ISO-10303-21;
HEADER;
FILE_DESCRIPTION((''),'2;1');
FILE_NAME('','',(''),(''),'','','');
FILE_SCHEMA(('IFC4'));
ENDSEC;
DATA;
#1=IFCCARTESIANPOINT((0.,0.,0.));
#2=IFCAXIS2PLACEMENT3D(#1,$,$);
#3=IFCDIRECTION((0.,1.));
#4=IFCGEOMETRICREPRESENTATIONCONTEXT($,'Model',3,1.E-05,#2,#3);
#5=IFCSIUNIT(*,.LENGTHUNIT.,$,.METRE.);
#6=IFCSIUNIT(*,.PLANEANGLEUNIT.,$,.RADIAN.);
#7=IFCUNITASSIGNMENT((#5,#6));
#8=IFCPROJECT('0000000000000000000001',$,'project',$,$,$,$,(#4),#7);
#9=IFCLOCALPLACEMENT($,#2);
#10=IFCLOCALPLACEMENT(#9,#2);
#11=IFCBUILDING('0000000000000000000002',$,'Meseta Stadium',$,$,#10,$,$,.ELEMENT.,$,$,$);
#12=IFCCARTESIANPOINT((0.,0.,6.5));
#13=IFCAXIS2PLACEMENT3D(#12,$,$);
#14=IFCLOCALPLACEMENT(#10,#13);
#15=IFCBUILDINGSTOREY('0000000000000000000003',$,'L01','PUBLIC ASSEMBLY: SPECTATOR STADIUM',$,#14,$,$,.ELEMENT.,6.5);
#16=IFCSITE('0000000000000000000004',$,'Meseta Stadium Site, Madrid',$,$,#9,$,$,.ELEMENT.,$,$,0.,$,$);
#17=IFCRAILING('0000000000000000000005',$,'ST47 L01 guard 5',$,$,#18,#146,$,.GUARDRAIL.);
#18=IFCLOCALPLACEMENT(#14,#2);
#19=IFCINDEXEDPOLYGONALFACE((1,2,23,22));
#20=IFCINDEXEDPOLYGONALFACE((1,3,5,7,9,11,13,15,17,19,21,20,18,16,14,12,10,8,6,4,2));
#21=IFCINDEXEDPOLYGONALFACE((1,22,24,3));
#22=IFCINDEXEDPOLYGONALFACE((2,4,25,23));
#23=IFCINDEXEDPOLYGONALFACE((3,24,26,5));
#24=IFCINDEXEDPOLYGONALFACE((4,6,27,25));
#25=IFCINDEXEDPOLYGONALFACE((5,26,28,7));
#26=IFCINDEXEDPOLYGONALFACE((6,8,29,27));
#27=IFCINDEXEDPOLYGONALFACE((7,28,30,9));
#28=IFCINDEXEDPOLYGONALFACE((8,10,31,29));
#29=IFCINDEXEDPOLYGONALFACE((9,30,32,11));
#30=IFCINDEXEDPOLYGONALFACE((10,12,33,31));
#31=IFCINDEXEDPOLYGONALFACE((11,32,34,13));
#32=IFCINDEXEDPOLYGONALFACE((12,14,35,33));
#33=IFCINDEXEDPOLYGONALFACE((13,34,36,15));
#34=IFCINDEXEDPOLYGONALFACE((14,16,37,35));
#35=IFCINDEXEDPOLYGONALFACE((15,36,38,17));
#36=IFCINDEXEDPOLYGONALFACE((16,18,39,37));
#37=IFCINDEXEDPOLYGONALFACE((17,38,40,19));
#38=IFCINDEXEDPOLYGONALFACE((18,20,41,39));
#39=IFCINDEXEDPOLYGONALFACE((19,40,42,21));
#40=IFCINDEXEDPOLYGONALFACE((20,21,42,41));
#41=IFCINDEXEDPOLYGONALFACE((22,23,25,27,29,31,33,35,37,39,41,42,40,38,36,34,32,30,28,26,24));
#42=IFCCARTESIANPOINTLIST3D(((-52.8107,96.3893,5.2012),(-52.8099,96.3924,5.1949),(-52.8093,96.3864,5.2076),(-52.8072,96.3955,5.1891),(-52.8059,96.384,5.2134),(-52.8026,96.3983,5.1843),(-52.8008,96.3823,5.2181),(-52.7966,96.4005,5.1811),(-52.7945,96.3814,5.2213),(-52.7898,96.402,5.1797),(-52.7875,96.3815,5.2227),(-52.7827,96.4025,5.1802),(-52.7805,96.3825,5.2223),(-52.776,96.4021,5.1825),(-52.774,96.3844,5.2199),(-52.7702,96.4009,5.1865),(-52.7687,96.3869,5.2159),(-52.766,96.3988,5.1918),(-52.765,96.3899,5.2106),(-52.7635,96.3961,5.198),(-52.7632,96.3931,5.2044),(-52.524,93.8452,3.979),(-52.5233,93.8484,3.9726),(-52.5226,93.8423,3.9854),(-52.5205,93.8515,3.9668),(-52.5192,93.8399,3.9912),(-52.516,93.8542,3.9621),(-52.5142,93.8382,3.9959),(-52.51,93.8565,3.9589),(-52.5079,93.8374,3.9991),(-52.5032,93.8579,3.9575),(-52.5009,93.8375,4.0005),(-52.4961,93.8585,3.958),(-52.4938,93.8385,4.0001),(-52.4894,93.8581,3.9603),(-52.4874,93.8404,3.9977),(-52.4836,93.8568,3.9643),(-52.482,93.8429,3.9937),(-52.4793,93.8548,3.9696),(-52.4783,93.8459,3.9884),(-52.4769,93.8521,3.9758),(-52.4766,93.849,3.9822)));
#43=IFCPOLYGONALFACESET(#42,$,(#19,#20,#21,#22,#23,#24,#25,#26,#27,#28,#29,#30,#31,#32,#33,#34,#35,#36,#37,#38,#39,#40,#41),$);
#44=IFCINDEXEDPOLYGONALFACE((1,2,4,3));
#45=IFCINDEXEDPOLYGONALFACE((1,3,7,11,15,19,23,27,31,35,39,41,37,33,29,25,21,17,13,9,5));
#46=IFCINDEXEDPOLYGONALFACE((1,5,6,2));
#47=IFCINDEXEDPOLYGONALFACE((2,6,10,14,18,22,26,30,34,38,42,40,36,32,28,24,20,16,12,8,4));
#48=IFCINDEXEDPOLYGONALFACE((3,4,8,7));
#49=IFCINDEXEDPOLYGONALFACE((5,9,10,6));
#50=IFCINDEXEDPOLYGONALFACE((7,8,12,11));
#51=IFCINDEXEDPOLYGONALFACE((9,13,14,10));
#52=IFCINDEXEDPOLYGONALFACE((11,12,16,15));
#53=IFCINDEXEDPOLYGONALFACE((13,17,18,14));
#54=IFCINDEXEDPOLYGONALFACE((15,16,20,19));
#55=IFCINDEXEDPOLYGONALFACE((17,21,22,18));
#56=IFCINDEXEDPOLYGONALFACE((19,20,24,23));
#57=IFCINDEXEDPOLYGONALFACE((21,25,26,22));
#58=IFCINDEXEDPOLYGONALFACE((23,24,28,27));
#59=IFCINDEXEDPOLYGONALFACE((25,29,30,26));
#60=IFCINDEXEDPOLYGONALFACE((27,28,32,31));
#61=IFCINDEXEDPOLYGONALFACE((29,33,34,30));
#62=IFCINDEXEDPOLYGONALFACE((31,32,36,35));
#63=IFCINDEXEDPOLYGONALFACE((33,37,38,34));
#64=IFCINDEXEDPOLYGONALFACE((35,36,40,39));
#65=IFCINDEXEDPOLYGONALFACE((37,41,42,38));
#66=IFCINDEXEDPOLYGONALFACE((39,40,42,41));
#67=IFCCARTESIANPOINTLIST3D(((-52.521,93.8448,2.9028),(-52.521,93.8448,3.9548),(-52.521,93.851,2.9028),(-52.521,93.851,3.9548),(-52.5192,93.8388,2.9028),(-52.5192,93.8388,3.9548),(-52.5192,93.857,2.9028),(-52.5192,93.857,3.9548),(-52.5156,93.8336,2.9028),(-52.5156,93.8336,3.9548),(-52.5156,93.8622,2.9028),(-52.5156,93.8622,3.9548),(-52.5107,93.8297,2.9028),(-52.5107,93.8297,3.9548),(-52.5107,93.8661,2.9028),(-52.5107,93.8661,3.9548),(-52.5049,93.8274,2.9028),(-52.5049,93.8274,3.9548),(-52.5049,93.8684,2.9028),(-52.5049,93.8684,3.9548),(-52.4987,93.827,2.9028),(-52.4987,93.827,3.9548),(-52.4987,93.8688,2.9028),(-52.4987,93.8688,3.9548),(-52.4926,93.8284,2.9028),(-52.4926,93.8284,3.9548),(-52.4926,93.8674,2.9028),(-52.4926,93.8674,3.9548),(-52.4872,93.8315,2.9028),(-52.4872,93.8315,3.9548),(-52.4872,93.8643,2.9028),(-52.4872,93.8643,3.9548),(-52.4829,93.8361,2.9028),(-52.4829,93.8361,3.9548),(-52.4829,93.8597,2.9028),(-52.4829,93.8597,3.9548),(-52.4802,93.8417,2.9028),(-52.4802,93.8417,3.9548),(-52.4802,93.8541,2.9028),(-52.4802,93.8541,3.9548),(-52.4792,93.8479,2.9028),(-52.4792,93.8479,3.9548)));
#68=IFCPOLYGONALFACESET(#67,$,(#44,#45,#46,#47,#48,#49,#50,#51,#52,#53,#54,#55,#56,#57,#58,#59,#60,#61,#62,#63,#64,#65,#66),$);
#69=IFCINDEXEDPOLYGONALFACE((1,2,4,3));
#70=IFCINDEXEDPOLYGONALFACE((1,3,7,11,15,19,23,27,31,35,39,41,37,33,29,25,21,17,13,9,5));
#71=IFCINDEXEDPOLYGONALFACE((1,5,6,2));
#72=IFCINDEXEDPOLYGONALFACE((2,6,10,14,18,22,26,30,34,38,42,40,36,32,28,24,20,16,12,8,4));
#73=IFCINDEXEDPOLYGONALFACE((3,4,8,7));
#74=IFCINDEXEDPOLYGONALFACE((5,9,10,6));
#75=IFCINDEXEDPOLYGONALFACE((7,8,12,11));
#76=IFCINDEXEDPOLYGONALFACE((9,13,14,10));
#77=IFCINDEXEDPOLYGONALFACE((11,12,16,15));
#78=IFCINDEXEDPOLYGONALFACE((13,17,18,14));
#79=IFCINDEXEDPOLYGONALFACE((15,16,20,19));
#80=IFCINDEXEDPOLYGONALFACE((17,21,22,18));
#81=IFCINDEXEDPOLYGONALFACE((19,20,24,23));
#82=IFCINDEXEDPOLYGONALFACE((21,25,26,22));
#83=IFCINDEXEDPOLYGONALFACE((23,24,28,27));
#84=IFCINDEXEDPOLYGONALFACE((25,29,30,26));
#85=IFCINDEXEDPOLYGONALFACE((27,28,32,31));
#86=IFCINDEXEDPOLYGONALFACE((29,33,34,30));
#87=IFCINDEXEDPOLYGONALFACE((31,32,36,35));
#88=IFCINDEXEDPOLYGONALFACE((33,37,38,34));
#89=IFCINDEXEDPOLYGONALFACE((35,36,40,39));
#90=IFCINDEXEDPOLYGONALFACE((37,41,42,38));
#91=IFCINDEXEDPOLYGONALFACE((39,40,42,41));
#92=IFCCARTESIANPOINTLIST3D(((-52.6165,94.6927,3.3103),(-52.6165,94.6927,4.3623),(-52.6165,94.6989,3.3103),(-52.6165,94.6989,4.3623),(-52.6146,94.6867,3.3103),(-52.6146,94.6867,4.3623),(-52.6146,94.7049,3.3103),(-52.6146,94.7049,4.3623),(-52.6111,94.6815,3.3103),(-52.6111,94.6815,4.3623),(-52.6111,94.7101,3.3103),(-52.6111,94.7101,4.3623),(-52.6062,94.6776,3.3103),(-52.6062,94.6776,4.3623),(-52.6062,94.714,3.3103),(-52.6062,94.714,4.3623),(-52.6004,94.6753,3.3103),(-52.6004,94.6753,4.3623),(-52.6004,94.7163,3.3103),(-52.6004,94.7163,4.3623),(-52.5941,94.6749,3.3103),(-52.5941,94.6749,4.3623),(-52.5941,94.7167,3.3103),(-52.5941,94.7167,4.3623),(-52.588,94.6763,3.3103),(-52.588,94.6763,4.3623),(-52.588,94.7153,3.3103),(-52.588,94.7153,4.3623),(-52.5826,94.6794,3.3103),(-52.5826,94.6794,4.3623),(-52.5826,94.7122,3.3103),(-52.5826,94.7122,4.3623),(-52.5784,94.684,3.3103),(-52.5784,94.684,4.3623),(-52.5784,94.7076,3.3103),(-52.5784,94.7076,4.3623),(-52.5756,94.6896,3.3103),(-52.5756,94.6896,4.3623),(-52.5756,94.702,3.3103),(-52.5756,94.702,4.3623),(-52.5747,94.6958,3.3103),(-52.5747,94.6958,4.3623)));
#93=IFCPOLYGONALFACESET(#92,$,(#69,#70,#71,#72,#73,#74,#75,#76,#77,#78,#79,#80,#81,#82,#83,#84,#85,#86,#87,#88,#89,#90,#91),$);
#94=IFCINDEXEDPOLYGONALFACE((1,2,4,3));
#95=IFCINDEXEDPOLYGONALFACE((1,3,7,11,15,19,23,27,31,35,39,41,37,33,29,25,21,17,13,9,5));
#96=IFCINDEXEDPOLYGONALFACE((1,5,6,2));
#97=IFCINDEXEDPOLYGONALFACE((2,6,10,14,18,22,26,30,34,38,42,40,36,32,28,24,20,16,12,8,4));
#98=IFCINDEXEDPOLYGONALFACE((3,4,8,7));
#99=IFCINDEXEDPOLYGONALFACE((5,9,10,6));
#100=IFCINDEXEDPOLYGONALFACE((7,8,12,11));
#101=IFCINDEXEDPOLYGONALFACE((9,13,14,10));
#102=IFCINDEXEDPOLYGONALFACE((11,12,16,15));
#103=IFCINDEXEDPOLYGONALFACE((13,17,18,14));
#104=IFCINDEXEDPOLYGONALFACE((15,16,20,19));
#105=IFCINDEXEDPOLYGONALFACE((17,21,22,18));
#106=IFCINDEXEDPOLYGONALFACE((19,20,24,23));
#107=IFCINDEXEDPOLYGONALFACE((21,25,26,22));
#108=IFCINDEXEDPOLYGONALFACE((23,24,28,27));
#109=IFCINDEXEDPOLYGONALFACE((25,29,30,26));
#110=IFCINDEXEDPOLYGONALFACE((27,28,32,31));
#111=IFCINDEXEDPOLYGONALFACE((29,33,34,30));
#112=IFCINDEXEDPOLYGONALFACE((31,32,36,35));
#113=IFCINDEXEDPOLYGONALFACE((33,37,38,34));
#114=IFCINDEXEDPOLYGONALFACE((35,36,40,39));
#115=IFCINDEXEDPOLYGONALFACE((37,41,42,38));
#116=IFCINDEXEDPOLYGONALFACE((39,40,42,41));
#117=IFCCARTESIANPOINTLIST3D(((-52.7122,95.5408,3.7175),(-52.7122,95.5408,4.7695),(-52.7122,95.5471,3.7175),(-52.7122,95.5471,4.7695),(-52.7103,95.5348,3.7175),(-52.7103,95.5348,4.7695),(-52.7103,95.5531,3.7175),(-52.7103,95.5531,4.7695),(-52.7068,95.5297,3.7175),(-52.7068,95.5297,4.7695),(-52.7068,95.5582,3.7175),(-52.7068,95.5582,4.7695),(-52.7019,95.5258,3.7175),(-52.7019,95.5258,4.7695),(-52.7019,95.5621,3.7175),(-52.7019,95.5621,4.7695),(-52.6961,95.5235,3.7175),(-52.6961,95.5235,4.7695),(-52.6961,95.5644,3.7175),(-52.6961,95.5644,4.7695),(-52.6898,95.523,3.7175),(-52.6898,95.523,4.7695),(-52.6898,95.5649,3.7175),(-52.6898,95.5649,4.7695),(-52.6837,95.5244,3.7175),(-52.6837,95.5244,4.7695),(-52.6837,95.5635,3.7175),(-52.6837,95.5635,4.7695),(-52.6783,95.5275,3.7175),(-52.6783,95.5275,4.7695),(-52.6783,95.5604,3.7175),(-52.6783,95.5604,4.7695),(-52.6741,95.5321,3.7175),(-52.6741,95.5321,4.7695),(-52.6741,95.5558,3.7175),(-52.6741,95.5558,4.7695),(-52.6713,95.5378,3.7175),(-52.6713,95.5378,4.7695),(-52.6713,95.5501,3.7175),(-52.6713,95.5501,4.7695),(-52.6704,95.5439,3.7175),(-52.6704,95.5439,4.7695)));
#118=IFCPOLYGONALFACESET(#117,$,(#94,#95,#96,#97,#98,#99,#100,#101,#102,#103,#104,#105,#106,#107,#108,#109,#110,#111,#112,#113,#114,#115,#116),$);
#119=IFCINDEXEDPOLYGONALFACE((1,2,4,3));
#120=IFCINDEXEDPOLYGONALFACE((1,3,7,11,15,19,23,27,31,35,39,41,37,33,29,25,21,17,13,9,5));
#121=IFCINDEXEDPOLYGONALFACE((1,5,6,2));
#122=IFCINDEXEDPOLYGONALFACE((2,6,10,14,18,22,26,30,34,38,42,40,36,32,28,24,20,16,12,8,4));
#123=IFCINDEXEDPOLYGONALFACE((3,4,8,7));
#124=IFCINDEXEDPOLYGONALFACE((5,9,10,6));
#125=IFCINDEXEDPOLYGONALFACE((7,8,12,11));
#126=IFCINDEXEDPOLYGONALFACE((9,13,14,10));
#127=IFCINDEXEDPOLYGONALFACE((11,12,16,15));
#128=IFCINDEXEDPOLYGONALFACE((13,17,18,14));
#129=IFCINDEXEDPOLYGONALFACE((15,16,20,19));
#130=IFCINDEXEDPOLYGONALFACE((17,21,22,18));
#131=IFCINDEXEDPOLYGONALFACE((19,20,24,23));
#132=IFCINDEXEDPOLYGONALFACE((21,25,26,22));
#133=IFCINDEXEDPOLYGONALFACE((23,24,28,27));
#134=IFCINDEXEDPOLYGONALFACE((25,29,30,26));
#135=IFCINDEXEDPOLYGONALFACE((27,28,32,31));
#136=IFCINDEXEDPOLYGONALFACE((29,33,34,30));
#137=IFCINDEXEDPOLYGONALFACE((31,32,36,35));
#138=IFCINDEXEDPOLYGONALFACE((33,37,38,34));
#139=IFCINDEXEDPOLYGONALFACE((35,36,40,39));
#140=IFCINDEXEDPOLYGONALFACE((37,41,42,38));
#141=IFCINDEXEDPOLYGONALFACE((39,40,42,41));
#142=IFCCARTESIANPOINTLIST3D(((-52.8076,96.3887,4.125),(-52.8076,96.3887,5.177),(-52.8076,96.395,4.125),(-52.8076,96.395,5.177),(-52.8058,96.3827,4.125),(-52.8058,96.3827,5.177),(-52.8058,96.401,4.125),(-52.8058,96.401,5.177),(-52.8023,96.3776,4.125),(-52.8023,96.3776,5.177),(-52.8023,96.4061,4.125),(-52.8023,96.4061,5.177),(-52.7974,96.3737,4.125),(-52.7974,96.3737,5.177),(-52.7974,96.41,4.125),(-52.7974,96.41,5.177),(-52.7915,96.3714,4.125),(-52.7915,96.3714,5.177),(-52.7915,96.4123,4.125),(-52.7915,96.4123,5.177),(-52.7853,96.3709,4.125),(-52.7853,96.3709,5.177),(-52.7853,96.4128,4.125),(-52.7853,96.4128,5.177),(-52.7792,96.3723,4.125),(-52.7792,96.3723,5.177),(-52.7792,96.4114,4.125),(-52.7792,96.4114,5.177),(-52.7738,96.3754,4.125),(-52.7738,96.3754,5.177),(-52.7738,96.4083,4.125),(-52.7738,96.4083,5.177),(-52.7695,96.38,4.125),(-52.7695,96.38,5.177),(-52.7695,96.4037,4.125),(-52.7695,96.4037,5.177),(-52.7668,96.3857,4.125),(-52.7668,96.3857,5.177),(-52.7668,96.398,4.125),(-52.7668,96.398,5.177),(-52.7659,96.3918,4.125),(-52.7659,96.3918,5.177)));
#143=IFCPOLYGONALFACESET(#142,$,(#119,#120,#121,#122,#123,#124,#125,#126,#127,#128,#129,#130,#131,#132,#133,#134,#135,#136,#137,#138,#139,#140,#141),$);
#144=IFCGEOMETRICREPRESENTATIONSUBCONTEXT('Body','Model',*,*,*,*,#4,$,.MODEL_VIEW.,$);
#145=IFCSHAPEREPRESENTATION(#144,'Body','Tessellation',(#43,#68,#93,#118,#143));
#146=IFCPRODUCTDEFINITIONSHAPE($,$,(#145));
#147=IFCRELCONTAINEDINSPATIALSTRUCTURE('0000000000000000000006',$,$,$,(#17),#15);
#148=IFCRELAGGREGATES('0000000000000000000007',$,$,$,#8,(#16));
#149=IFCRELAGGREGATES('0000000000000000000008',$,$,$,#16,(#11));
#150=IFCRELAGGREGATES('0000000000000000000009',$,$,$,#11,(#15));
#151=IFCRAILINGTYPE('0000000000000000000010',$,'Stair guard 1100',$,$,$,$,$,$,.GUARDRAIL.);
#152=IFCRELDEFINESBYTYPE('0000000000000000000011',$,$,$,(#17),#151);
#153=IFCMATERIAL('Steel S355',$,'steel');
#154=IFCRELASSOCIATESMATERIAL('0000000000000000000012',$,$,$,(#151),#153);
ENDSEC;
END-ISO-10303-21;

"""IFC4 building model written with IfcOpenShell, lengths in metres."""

from ifc_helpers import new_model, si_unit, direction, frame, origin, origin_2d, place, context, subcontext, project, spatial, circle, extrude, material, type_object, element, save


model = new_model("IFC4")

# Units and contexts
model_context = context("Model", 3, precision=1e-05, world=origin(), true_north=direction((0.0, 1.0)))
body_context = subcontext(model_context, "Body", "Model", "MODEL_VIEW")
ifc_project = project(units=[si_unit("LENGTHUNIT", "METRE"), si_unit("PLANEANGLEUNIT", "RADIAN")], contexts=[model_context])

# Site, building, storey
site_placement = place(None, origin())
site = spatial("IfcSite", under=ifc_project, at=site_placement, Name="Meseta Stadium Site, Madrid", CompositionType="ELEMENT", RefElevation=0.0)
building_placement = place(site_placement, origin())
building = spatial("IfcBuilding", under=site, at=building_placement, Name="Meseta Stadium", CompositionType="ELEMENT")
storey_placement = place(building_placement, frame((0.0, 0.0, 6.5)))
storey = spatial("IfcBuildingStorey", under=building, at=storey_placement, Name="L01", Description="PUBLIC ASSEMBLY: SPECTATOR STADIUM", CompositionType="ELEMENT", Elevation=6.5)

# Railing
ifc_material_1 = material(Name="Steel S355", Category="steel")
railing_type_1 = type_object("IfcRailingType", Name="Stair guard 1100", PredefinedType="GUARDRAIL", material=ifc_material_1)
railing_1_placement = place(storey_placement, frame((-52.5002, 93.8479, 2.9028)))
element("IfcRailing", 1, at=railing_1_placement, inside=storey, type_object=railing_type_1, Name="ST47 L01 guard 5", PredefinedType="GUARDRAIL", context=body_context, shape_type="SweptSolid", body=[
    extrude(circle(Radius=0.0239, at=origin_2d()), frame((0.0, 0.0, 1.0762), z_axis=(-0.101036, 0.896762, 0.430824), x_axis=(-0.993713, -0.11196, 0.0)), (0.0, 0.0, 1.0), 2.8369),
    extrude(circle(Radius=0.021, at=origin_2d()), origin(), (0.0, 0.0, 1.0), 1.052),
    extrude(circle(Radius=0.021, at=origin_2d()), frame((-0.0955, 0.8479, 0.4075)), (0.0, 0.0, 1.0), 1.052),
    extrude(circle(Radius=0.021, at=origin_2d()), frame((-0.1912, 1.696, 0.8147)), (0.0, 0.0, 1.0), 1.052),
    extrude(circle(Radius=0.021, at=origin_2d()), frame((-0.2866, 2.5439, 1.2222)), (0.0, 0.0, 1.0), 1.052),
])

save(model, "model.ifc")
